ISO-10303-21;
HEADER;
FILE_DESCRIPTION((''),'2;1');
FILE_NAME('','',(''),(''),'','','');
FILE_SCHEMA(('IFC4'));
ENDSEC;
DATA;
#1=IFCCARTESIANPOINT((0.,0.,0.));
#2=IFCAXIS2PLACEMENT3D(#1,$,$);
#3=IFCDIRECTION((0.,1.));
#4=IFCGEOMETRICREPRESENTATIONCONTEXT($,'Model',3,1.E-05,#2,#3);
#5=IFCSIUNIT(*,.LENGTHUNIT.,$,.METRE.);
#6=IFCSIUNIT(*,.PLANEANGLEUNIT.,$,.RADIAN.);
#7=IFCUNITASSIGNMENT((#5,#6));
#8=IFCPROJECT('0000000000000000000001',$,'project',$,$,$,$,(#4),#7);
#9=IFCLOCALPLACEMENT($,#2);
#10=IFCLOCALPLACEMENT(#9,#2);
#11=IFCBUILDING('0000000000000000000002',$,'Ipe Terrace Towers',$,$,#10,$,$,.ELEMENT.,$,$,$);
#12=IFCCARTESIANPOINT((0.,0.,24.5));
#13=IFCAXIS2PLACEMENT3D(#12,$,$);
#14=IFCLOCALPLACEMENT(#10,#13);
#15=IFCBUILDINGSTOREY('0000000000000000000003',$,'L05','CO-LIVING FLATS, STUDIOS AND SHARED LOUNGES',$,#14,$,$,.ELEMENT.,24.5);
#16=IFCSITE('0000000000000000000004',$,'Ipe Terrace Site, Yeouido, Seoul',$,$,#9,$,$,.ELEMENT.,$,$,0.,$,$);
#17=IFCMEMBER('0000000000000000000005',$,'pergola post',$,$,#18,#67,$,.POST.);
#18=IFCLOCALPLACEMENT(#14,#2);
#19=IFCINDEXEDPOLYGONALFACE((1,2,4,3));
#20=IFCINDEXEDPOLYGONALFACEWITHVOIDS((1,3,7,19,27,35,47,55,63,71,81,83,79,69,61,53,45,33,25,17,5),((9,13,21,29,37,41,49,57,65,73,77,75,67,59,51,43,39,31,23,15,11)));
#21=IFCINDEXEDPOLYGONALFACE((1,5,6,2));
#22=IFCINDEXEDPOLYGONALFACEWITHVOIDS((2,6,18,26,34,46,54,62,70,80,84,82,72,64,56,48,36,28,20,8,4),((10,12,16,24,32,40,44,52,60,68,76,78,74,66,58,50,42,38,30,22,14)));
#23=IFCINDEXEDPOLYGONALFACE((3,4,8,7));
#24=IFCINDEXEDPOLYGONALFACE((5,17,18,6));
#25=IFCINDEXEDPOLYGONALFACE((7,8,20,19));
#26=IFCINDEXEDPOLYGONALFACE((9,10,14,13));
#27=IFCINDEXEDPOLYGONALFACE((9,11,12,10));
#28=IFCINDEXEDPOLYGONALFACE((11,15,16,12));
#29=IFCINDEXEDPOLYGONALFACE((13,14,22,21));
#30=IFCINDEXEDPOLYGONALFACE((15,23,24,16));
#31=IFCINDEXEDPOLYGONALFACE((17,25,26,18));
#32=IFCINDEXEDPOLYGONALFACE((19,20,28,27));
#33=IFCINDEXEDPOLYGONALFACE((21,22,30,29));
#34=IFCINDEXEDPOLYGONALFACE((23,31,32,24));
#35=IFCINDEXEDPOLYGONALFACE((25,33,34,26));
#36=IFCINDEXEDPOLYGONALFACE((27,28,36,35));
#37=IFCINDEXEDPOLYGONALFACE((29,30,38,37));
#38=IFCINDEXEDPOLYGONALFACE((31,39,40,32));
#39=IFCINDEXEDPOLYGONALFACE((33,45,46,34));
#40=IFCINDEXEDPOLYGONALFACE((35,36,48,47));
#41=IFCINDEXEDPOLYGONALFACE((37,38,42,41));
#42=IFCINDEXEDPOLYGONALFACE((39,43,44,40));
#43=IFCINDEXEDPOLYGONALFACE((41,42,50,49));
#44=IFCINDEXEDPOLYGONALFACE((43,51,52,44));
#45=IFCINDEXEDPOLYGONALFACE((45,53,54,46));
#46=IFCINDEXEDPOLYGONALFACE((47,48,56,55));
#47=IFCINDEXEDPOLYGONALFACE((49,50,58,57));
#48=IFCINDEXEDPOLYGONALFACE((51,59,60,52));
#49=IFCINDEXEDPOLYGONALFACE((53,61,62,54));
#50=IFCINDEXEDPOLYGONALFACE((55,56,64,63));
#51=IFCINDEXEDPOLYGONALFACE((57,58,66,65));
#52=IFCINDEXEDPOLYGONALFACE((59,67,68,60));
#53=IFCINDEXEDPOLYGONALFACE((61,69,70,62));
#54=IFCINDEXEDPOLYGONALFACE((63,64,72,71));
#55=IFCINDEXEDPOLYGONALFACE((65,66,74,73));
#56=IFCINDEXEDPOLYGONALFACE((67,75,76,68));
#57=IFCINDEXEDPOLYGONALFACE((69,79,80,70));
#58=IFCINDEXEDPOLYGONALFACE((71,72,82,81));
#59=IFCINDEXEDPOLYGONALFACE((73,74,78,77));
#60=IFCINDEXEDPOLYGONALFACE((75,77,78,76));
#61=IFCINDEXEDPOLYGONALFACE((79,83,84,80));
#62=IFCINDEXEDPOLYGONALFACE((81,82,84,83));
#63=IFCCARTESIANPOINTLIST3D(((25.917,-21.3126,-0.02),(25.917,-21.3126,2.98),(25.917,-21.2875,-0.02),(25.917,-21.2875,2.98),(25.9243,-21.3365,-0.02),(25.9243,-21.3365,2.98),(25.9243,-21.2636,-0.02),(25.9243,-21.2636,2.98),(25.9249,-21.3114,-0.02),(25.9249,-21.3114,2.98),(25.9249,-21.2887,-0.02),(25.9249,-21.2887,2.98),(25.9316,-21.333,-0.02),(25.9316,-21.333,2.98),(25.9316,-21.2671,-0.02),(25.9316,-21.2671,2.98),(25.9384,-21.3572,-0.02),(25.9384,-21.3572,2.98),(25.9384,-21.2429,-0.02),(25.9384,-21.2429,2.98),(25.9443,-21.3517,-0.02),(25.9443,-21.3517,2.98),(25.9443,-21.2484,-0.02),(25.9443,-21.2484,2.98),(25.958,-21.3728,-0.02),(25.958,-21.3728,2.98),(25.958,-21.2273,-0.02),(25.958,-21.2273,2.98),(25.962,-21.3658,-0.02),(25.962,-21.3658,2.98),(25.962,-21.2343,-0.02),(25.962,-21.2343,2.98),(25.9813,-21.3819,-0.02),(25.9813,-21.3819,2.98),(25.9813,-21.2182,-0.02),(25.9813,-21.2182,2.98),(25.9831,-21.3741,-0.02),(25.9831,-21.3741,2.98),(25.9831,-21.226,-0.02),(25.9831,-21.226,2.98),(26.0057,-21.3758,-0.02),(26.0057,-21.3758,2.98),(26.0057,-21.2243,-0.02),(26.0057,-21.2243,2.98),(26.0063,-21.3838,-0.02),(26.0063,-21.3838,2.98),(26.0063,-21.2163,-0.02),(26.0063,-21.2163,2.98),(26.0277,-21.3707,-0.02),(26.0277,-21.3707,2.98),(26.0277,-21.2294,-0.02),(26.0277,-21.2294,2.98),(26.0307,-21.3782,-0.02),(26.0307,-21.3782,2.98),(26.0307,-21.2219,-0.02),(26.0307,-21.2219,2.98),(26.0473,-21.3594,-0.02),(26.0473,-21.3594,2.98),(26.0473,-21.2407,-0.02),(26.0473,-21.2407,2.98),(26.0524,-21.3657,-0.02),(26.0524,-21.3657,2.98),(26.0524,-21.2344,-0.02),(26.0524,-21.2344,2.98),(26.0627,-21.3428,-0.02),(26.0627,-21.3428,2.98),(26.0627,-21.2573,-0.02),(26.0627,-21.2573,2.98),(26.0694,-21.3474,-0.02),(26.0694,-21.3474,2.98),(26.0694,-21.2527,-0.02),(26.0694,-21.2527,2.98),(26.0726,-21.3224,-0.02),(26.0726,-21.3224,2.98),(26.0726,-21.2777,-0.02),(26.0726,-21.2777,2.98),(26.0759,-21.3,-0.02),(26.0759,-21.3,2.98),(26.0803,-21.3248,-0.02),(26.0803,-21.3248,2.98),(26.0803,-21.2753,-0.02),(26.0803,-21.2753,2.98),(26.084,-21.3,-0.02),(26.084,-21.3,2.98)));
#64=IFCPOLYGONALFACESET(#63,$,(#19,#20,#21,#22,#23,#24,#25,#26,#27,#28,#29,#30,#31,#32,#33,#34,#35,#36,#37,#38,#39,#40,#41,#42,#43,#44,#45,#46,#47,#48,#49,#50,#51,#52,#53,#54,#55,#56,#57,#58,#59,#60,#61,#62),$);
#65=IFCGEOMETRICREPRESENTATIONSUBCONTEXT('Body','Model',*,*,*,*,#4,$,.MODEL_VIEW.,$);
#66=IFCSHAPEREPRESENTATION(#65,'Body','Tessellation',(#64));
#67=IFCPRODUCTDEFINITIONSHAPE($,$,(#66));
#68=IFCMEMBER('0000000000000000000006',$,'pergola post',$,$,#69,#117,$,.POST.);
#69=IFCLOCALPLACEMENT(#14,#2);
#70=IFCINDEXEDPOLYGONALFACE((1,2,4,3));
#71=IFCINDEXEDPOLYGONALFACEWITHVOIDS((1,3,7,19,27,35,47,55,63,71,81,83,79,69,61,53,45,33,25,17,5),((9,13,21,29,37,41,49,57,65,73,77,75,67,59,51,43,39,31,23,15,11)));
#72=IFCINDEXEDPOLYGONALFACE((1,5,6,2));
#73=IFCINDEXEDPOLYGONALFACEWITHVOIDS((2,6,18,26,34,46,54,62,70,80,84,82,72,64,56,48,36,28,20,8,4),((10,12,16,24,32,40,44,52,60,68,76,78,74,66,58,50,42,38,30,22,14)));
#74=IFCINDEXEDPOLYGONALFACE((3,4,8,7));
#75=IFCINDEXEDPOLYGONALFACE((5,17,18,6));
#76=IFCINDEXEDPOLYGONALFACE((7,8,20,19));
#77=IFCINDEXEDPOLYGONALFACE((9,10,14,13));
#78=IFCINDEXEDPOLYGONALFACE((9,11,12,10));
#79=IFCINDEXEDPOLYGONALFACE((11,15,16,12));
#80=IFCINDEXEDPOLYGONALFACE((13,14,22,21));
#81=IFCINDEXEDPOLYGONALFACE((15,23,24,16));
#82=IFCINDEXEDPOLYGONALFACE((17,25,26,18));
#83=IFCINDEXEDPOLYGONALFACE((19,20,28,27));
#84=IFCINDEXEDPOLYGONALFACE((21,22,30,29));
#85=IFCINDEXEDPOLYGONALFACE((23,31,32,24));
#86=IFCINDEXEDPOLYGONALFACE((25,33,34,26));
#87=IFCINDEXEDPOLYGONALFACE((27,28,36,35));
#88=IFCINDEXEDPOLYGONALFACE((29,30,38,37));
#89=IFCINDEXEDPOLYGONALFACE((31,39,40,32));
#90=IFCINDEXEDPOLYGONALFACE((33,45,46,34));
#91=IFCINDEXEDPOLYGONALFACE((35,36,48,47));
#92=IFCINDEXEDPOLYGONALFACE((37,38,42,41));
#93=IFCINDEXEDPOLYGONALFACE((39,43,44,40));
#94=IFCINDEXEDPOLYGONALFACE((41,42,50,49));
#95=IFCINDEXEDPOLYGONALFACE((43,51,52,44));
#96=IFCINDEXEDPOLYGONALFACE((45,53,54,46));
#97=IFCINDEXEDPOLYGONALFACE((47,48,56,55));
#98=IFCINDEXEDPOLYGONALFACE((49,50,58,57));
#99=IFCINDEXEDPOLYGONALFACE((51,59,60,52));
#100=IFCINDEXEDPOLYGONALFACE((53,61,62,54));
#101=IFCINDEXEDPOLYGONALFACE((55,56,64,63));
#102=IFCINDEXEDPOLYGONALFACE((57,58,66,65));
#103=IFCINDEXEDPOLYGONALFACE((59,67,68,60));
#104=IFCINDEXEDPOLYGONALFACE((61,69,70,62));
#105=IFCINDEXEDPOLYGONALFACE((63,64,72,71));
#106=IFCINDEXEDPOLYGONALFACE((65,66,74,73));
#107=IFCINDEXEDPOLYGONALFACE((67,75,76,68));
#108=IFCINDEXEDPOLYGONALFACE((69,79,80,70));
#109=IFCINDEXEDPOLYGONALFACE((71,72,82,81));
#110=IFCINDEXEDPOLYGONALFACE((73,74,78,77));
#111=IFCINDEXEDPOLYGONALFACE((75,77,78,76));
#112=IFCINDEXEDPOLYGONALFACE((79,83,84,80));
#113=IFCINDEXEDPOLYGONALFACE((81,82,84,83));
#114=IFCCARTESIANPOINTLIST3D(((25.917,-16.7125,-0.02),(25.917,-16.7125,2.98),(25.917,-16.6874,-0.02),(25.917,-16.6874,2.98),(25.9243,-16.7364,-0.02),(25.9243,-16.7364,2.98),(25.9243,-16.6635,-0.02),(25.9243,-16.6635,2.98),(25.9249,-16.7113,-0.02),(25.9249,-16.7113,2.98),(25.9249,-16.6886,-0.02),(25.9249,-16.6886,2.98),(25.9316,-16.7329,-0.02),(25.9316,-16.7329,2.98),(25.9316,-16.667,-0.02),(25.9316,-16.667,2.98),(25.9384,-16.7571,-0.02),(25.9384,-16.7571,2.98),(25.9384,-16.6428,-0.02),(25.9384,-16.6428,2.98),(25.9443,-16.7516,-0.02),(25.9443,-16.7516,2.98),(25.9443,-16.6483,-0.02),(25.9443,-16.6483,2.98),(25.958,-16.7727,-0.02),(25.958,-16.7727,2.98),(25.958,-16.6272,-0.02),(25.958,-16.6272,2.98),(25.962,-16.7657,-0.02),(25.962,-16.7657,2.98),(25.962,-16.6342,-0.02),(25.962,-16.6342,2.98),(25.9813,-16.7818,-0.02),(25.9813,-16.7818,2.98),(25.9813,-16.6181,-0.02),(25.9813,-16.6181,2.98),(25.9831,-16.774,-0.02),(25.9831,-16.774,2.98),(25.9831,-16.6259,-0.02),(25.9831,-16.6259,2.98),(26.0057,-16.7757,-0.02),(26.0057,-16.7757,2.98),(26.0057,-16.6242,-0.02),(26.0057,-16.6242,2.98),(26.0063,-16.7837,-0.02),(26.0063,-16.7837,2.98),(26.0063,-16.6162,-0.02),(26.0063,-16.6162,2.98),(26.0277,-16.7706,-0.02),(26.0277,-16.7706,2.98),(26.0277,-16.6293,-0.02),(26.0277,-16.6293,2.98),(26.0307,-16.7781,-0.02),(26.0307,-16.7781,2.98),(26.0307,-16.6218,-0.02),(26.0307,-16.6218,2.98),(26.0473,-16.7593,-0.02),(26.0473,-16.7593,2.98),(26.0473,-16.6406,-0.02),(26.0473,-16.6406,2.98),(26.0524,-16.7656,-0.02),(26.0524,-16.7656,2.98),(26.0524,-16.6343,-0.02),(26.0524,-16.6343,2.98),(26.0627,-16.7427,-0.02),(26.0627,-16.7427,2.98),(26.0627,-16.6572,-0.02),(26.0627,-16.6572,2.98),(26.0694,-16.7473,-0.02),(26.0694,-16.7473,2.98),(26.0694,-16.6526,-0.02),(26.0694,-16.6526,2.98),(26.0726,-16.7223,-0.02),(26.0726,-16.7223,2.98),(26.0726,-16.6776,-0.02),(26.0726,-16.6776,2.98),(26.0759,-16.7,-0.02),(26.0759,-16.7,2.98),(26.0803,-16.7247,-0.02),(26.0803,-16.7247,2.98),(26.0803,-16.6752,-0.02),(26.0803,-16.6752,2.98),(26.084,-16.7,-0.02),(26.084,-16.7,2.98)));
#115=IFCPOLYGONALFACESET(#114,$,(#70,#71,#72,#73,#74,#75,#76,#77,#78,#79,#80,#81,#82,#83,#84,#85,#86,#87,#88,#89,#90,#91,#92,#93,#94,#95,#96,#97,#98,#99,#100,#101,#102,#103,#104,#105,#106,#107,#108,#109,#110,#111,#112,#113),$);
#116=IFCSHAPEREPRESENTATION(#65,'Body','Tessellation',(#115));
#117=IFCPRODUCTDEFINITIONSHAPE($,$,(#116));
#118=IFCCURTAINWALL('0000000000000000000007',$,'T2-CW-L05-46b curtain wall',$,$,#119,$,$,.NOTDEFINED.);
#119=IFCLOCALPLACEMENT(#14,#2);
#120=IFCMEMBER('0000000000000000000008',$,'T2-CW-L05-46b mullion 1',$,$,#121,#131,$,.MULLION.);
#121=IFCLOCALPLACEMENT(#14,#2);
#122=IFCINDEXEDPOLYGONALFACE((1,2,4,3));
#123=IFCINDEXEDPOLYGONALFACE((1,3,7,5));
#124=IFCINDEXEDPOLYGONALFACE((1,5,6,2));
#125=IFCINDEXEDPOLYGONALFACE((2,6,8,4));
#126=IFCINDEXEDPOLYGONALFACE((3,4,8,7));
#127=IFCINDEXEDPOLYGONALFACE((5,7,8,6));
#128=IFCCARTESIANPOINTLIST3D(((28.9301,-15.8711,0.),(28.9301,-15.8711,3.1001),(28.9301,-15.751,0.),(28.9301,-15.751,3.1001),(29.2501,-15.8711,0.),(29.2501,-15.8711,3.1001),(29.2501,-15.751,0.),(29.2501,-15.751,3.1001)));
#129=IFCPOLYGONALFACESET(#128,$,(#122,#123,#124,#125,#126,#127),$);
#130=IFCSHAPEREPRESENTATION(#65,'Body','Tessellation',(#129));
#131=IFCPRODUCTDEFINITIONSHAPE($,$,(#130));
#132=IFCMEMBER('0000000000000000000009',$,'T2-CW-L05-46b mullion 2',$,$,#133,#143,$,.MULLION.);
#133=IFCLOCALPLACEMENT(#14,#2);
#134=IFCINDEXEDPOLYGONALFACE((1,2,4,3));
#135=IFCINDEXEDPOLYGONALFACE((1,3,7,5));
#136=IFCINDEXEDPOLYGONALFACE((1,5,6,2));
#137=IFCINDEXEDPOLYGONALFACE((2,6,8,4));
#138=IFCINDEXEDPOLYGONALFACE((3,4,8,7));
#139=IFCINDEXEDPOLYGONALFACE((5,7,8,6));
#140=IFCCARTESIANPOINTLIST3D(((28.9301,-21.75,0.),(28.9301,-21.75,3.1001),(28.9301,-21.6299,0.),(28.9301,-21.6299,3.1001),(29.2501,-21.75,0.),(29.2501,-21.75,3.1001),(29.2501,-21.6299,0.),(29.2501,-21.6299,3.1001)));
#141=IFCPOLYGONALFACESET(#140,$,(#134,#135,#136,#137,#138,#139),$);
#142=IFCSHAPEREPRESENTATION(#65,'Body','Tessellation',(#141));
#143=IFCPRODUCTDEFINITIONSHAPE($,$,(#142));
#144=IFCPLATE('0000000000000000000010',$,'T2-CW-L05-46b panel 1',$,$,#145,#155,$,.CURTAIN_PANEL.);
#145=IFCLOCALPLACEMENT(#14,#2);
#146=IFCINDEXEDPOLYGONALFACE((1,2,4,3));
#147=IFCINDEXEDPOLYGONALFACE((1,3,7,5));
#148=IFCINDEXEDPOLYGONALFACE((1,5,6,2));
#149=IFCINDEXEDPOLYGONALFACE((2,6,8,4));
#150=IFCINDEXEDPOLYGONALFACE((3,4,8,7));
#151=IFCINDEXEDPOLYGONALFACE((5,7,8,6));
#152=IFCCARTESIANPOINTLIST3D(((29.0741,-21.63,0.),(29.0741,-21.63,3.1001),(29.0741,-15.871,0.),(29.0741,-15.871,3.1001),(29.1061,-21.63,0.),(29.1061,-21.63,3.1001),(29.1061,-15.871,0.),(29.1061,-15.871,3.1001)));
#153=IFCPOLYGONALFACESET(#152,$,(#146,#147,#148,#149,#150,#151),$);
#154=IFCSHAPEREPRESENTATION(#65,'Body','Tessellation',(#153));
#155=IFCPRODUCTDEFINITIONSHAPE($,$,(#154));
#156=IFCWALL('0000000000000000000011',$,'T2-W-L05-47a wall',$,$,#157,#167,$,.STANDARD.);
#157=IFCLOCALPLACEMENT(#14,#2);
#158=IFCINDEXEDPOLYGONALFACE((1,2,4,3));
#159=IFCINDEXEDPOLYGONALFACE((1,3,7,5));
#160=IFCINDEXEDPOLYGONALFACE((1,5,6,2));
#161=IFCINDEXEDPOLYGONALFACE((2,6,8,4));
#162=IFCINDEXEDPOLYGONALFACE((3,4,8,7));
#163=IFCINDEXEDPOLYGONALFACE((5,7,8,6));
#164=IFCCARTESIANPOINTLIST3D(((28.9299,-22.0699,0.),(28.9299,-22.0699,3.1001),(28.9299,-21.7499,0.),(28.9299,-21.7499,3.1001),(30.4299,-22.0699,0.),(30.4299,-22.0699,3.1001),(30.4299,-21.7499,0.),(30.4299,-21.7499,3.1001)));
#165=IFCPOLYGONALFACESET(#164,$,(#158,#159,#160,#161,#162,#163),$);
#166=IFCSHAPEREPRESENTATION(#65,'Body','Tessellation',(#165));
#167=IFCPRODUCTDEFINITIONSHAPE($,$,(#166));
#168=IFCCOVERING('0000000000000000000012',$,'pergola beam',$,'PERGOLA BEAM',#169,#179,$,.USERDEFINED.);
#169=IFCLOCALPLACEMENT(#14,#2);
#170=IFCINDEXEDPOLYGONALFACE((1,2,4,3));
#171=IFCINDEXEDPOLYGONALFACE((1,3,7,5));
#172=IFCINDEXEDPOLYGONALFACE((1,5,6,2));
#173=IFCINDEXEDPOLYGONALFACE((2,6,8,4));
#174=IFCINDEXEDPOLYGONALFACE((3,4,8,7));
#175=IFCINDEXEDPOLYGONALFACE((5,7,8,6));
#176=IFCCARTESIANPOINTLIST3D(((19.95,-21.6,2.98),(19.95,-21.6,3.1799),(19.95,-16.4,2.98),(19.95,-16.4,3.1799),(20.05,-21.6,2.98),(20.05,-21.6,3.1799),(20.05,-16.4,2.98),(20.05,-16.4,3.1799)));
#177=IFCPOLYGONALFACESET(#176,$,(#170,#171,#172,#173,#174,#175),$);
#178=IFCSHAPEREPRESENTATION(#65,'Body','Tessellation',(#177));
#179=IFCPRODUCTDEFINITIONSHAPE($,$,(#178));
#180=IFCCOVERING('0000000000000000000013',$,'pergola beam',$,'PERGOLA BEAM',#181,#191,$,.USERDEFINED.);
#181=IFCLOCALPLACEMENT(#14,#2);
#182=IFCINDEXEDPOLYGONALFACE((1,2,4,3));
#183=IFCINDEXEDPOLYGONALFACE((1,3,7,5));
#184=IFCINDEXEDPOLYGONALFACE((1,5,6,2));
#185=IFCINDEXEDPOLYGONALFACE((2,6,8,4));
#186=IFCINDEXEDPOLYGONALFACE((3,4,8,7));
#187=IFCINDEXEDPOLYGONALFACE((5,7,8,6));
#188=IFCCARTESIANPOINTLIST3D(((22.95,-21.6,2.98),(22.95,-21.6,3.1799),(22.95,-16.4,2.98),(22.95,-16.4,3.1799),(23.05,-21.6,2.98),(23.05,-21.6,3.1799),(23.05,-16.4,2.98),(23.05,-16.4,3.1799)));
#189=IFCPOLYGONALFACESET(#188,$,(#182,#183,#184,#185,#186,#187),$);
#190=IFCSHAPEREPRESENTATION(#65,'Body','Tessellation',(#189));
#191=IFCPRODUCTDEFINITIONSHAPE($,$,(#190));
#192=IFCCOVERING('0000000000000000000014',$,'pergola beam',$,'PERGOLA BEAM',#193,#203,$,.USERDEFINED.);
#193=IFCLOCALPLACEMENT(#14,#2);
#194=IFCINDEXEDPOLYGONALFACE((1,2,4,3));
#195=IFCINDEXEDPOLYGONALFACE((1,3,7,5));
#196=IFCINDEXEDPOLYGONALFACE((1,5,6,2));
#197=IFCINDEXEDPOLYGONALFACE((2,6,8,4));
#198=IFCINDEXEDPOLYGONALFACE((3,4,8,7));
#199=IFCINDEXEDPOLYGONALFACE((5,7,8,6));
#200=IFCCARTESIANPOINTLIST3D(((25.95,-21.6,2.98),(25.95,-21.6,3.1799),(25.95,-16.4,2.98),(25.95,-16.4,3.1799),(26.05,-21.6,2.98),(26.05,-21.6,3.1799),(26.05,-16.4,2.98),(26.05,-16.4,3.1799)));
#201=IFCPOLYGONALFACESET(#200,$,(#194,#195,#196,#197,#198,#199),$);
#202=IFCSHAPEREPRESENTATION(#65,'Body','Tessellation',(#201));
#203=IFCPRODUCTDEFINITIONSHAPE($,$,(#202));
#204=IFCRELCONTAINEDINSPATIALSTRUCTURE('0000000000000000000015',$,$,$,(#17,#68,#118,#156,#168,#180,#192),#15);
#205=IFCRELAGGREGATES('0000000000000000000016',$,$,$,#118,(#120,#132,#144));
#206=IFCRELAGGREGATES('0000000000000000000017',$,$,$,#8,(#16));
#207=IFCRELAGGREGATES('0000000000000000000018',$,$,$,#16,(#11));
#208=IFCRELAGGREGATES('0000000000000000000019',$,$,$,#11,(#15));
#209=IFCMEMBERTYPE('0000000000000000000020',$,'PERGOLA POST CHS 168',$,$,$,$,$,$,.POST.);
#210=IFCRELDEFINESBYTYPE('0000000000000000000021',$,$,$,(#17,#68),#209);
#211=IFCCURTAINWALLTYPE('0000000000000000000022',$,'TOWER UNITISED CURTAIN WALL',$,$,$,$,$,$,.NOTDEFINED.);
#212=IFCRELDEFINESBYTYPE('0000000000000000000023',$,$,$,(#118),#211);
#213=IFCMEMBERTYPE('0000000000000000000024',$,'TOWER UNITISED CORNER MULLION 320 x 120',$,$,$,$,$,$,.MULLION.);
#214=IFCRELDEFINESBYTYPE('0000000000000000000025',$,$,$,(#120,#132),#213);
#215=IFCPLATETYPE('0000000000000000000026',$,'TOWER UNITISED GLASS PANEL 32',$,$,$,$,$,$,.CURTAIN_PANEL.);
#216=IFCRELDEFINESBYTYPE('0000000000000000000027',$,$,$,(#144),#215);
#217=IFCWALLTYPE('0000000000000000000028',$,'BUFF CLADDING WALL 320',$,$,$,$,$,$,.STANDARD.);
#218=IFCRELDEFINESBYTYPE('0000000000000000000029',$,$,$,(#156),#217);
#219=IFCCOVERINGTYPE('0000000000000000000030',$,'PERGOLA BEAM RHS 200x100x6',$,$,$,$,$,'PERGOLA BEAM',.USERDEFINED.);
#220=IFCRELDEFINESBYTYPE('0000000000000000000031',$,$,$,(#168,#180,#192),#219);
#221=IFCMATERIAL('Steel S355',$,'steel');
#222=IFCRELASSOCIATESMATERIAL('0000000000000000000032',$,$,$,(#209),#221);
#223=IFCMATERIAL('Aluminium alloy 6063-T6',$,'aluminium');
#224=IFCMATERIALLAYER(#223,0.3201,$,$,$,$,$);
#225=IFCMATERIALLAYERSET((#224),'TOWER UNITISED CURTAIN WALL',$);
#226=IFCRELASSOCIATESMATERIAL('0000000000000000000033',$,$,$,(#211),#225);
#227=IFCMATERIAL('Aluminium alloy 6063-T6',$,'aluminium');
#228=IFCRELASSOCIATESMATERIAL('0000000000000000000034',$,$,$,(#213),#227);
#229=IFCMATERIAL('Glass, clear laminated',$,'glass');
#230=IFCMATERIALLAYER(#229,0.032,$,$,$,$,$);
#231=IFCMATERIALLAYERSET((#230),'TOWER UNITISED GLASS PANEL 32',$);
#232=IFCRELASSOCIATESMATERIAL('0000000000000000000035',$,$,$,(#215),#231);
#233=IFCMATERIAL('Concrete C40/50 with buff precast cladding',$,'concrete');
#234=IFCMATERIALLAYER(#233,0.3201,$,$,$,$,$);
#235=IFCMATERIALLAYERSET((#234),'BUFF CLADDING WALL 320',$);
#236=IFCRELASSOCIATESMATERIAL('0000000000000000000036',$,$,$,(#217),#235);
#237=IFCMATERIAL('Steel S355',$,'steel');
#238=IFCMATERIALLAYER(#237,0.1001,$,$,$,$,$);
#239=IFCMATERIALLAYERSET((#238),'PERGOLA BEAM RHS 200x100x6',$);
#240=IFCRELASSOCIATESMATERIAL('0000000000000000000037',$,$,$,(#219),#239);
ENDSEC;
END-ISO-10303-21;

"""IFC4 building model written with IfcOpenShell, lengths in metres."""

from ifc_helpers import new_model, si_unit, direction, frame, frame_2d, origin, origin_2d, place, context, subcontext, project, spatial, rectangle, hollow_circle, extrude, material, layer, layer_set, material_profile, profile_set, type_object, element, aggregate, save


model = new_model("IFC4")

# Units and contexts
model_context = context("Model", 3, precision=1e-05, world=origin(), true_north=direction((0.0, 1.0)))
body_context = subcontext(model_context, "Body", "Model", "MODEL_VIEW")
ifc_project = project(units=[si_unit("LENGTHUNIT", "METRE"), si_unit("PLANEANGLEUNIT", "RADIAN")], contexts=[model_context])

# Site, building, storey
site_placement = place(None, origin())
site = spatial("IfcSite", under=ifc_project, at=site_placement, Name="Ipe Terrace Site, Yeouido, Seoul", CompositionType="ELEMENT", RefElevation=0.0)
building_placement = place(site_placement, origin())
building = spatial("IfcBuilding", under=site, at=building_placement, Name="Ipe Terrace Towers", CompositionType="ELEMENT")
storey_placement = place(building_placement, frame((0.0, 0.0, 24.5)))
storey = spatial("IfcBuildingStorey", under=building, at=storey_placement, Name="L05", Description="CO-LIVING FLATS, STUDIOS AND SHARED LOUNGES", CompositionType="ELEMENT", Elevation=24.5)

# Members
ifc_material_1 = material(Name="Steel S355", Category="steel")
ifc_material_profile_1 = material_profile(ifc_material_1, hollow_circle(Radius=0.084, WallThickness=0.0081, at=origin_2d()), Name="PERGOLA POST CHS 168")
ifc_profile_set_1 = profile_set([ifc_material_profile_1], Name="Steel S355")
member_type_1 = type_object("IfcMemberType", Name="PERGOLA POST CHS 168", PredefinedType="POST", material=ifc_profile_set_1)
for number, where, z_axis, x_axis, name in (
    (1, (26.0, -21.3, -0.02), (0.0, 0.0, 1.0), (1.0, 0.0, 0.0), "pergola post"),
    (2, (26.0, -16.7, -0.02), (0.0, 0.0, 1.0), (1.0, 0.0, 0.0), "pergola post"),
):
    element("IfcMember", number, at=place(storey_placement, frame(where, z_axis=z_axis, x_axis=x_axis)), inside=storey, type_object=member_type_1, Name=name, PredefinedType="POST", context=body_context, shape_type="SweptSolid", body=[
        extrude(hollow_circle(Radius=0.084, WallThickness=0.0081, at=origin_2d()), origin(), (0.0, 0.0, 1.0), 3.0),
    ])

# Curtain wall, members, plate
ifc_material_2 = material(Name="Aluminium alloy 6063-T6", Category="aluminium")
ifc_layer_1 = layer(ifc_material_2, 0.3201)
ifc_layer_set_1 = layer_set([ifc_layer_1], Name="TOWER UNITISED CURTAIN WALL")
curtain_wall_type = type_object("IfcCurtainWallType", Name="TOWER UNITISED CURTAIN WALL", PredefinedType="NOTDEFINED", material=ifc_layer_set_1)
curtain_wall_placement = place(storey_placement, origin())
curtain_wall = element("IfcCurtainWall", 3, at=curtain_wall_placement, inside=storey, type_object=curtain_wall_type, Name="T2-CW-L05-46b curtain wall", PredefinedType="NOTDEFINED")
ifc_material_3 = material(Name="Aluminium alloy 6063-T6", Category="aluminium")
ifc_material_profile_2 = material_profile(ifc_material_3, rectangle(XDim=0.3201, YDim=0.1201, at=origin_2d()), Name="TOWER UNITISED CORNER MULLION 320 x 120")
ifc_profile_set_2 = profile_set([ifc_material_profile_2], Name="Aluminium alloy 6063-T6")
member_type_2 = type_object("IfcMemberType", Name="TOWER UNITISED CORNER MULLION 320 x 120", PredefinedType="MULLION", material=ifc_profile_set_2)
member_1_placement = place(storey_placement, frame((29.0901, -15.811, 0.0), z_axis=(0.0, 0.0, 1.0), x_axis=(-1.0, 0.0, 0.0)))
member_1 = element("IfcMember", 4, at=member_1_placement, type_object=member_type_2, Name="T2-CW-L05-46b mullion 1", PredefinedType="MULLION", context=body_context, shape_type="SweptSolid", body=[
    extrude(rectangle(XDim=0.3201, YDim=0.1201, at=origin_2d()), origin(), (0.0, 0.0, 1.0), 3.1001),
])
member_2_placement = place(storey_placement, frame((29.0901, -21.6899, 0.0), z_axis=(0.0, 0.0, 1.0), x_axis=(-1.0, 0.0, 0.0)))
member_2 = element("IfcMember", 5, at=member_2_placement, type_object=member_type_2, Name="T2-CW-L05-46b mullion 2", PredefinedType="MULLION", context=body_context, shape_type="SweptSolid", body=[
    extrude(rectangle(XDim=0.3201, YDim=0.1201, at=origin_2d()), origin(), (0.0, 0.0, 1.0), 3.1001),
])
ifc_material_4 = material(Name="Glass, clear laminated", Category="glass")
ifc_layer_2 = layer(ifc_material_4, 0.032)
ifc_layer_set_2 = layer_set([ifc_layer_2], Name="TOWER UNITISED GLASS PANEL 32")
plate_type = type_object("IfcPlateType", Name="TOWER UNITISED GLASS PANEL 32", PredefinedType="CURTAIN_PANEL", material=ifc_layer_set_2)
plate_placement = place(storey_placement, frame((29.0901, -18.7505, 0.0), z_axis=(0.0, 0.0, 1.0), x_axis=(0.0, -1.0, 0.0)))
plate = element("IfcPlate", 6, at=plate_placement, type_object=plate_type, Name="T2-CW-L05-46b panel 1", PredefinedType="CURTAIN_PANEL", context=body_context, shape_type="SweptSolid", body=[
    extrude(rectangle(XDim=5.759, YDim=0.032, at=origin_2d()), origin(), (0.0, 0.0, 1.0), 3.1001),
])
aggregate(curtain_wall, [member_1, member_2, plate])

# Wall
ifc_material_5 = material(Name="Concrete C40/50 with buff precast cladding", Category="concrete")
ifc_layer_3 = layer(ifc_material_5, 0.3201)
ifc_layer_set_3 = layer_set([ifc_layer_3], Name="BUFF CLADDING WALL 320")
wall_type = type_object("IfcWallType", Name="BUFF CLADDING WALL 320", PredefinedType="STANDARD", material=ifc_layer_set_3)
wall_placement = place(storey_placement, frame((28.9299, -21.9099, 0.0), z_axis=(0.0, 0.0, 1.0), x_axis=(1.0, 0.0, 0.0)))
element("IfcWall", 7, at=wall_placement, inside=storey, type_object=wall_type, Name="T2-W-L05-47a wall", PredefinedType="STANDARD", context=body_context, shape_type="SweptSolid", body=[
    extrude(rectangle(XDim=1.5, YDim=0.3201, at=frame_2d((0.75, 0.0))), origin(), (0.0, 0.0, 1.0), 3.1001),
])

# Coverings
ifc_material_6 = material(Name="Steel S355", Category="steel")
ifc_layer_4 = layer(ifc_material_6, 0.1001)
ifc_layer_set_4 = layer_set([ifc_layer_4], Name="PERGOLA BEAM RHS 200x100x6")
covering_type_1 = type_object("IfcCoveringType", Name="PERGOLA BEAM RHS 200x100x6", ElementType="PERGOLA BEAM", PredefinedType="USERDEFINED", material=ifc_layer_set_4)
for number, where, z_axis, x_axis, name in (
    (8, (20.0, -19.0, 2.98), (0.0, 0.0, 1.0), (1.0, 0.0, 0.0), "pergola beam"),
    (9, (23.0, -19.0, 2.98), (0.0, 0.0, 1.0), (1.0, 0.0, 0.0), "pergola beam"),
    (10, (26.0, -19.0, 2.98), (0.0, 0.0, 1.0), (1.0, 0.0, 0.0), "pergola beam"),
):
    element("IfcCovering", number, at=place(storey_placement, frame(where, z_axis=z_axis, x_axis=x_axis)), inside=storey, type_object=covering_type_1, Name=name, ObjectType="PERGOLA BEAM", PredefinedType="USERDEFINED", context=body_context, shape_type="SweptSolid", body=[
        extrude(rectangle(XDim=0.1001, YDim=5.2, at=origin_2d()), origin(), (0.0, 0.0, 1.0), 0.2),
    ])

save(model, "model.ifc")
